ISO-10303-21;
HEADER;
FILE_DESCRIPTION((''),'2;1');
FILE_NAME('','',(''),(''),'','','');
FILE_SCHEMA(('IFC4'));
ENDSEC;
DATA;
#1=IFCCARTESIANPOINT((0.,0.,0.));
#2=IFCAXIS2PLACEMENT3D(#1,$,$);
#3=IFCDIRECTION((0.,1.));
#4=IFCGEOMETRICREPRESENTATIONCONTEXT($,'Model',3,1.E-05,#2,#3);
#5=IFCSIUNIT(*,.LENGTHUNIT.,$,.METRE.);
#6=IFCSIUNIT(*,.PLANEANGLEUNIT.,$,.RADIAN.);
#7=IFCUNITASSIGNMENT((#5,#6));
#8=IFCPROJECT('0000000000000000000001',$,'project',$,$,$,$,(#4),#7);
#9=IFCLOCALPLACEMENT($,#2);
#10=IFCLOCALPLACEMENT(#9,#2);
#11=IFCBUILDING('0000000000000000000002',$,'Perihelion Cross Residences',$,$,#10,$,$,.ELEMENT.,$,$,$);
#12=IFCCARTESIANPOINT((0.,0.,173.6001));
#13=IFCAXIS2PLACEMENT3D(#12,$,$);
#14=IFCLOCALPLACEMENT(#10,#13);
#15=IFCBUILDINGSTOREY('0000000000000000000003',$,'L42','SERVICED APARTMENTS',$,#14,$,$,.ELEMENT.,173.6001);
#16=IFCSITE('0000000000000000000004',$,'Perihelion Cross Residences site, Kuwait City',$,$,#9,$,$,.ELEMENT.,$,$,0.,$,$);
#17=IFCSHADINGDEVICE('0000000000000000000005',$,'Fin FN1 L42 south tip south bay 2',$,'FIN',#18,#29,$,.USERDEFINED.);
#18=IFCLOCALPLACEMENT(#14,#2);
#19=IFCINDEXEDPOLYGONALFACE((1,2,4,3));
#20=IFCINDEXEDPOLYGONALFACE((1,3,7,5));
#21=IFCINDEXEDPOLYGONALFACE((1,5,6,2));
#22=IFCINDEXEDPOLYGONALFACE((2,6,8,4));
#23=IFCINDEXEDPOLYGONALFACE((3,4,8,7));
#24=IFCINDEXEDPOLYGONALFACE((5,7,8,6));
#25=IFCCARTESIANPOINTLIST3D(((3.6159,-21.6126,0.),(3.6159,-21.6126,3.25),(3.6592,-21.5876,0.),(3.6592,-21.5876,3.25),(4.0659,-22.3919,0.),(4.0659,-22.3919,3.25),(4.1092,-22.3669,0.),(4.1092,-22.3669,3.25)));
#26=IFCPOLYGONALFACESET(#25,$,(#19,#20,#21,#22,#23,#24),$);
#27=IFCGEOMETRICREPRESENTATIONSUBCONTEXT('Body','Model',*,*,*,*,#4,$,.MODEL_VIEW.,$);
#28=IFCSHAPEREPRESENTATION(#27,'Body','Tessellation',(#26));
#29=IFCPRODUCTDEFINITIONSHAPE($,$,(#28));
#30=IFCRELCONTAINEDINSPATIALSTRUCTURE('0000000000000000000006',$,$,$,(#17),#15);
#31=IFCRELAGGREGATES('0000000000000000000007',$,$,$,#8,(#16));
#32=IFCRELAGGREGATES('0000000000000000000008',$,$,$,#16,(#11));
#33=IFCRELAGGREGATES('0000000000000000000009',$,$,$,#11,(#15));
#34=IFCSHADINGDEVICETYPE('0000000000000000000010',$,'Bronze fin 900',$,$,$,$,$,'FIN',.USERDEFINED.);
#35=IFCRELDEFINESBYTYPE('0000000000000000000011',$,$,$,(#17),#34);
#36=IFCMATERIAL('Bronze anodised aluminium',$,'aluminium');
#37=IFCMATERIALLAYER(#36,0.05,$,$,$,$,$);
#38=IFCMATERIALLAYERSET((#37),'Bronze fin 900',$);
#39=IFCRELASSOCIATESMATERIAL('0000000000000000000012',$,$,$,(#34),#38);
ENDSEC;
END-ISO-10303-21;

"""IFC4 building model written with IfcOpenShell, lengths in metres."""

from ifc_helpers import new_model, si_unit, direction, frame, origin, origin_2d, place, context, subcontext, project, spatial, rectangle, extrude, material, layer, layer_set, type_object, element, save


model = new_model("IFC4")

# Units and contexts
model_context = context("Model", 3, precision=1e-05, world=origin(), true_north=direction((0.0, 1.0)))
body_context = subcontext(model_context, "Body", "Model", "MODEL_VIEW")
ifc_project = project(units=[si_unit("LENGTHUNIT", "METRE"), si_unit("PLANEANGLEUNIT", "RADIAN")], contexts=[model_context])

# Site, building, storey
site_placement = place(None, origin())
site = spatial("IfcSite", under=ifc_project, at=site_placement, Name="Perihelion Cross Residences site, Kuwait City", CompositionType="ELEMENT", RefElevation=0.0)
building_placement = place(site_placement, origin())
building = spatial("IfcBuilding", under=site, at=building_placement, Name="Perihelion Cross Residences", CompositionType="ELEMENT")
storey_placement = place(building_placement, frame((0.0, 0.0, 173.6001)))
storey = spatial("IfcBuildingStorey", under=building, at=storey_placement, Name="L42", Description="SERVICED APARTMENTS", CompositionType="ELEMENT", Elevation=173.6001)

# Shading device
ifc_material_1 = material(Name="Bronze anodised aluminium", Category="aluminium")
ifc_layer_1 = layer(ifc_material_1, 0.05)
ifc_layer_set_1 = layer_set([ifc_layer_1], Name="Bronze fin 900")
shading_device_type = type_object("IfcShadingDeviceType", Name="Bronze fin 900", ElementType="FIN", PredefinedType="USERDEFINED", material=ifc_layer_set_1)
shading_device_placement = place(storey_placement, frame((3.8625, -21.9897, 0.0), z_axis=(0.0, 0.0, 1.0), x_axis=(0.5, -0.866025, 0.0)))
element("IfcShadingDevice", 1, at=shading_device_placement, inside=storey, type_object=shading_device_type, Name="Fin FN1 L42 south tip south bay 2", ObjectType="FIN", PredefinedType="USERDEFINED", context=body_context, shape_type="SweptSolid", body=[
    extrude(rectangle(XDim=0.8999, YDim=0.05, at=origin_2d()), origin(), (0.0, 0.0, 1.0), 3.25),
])

save(model, "model.ifc")
